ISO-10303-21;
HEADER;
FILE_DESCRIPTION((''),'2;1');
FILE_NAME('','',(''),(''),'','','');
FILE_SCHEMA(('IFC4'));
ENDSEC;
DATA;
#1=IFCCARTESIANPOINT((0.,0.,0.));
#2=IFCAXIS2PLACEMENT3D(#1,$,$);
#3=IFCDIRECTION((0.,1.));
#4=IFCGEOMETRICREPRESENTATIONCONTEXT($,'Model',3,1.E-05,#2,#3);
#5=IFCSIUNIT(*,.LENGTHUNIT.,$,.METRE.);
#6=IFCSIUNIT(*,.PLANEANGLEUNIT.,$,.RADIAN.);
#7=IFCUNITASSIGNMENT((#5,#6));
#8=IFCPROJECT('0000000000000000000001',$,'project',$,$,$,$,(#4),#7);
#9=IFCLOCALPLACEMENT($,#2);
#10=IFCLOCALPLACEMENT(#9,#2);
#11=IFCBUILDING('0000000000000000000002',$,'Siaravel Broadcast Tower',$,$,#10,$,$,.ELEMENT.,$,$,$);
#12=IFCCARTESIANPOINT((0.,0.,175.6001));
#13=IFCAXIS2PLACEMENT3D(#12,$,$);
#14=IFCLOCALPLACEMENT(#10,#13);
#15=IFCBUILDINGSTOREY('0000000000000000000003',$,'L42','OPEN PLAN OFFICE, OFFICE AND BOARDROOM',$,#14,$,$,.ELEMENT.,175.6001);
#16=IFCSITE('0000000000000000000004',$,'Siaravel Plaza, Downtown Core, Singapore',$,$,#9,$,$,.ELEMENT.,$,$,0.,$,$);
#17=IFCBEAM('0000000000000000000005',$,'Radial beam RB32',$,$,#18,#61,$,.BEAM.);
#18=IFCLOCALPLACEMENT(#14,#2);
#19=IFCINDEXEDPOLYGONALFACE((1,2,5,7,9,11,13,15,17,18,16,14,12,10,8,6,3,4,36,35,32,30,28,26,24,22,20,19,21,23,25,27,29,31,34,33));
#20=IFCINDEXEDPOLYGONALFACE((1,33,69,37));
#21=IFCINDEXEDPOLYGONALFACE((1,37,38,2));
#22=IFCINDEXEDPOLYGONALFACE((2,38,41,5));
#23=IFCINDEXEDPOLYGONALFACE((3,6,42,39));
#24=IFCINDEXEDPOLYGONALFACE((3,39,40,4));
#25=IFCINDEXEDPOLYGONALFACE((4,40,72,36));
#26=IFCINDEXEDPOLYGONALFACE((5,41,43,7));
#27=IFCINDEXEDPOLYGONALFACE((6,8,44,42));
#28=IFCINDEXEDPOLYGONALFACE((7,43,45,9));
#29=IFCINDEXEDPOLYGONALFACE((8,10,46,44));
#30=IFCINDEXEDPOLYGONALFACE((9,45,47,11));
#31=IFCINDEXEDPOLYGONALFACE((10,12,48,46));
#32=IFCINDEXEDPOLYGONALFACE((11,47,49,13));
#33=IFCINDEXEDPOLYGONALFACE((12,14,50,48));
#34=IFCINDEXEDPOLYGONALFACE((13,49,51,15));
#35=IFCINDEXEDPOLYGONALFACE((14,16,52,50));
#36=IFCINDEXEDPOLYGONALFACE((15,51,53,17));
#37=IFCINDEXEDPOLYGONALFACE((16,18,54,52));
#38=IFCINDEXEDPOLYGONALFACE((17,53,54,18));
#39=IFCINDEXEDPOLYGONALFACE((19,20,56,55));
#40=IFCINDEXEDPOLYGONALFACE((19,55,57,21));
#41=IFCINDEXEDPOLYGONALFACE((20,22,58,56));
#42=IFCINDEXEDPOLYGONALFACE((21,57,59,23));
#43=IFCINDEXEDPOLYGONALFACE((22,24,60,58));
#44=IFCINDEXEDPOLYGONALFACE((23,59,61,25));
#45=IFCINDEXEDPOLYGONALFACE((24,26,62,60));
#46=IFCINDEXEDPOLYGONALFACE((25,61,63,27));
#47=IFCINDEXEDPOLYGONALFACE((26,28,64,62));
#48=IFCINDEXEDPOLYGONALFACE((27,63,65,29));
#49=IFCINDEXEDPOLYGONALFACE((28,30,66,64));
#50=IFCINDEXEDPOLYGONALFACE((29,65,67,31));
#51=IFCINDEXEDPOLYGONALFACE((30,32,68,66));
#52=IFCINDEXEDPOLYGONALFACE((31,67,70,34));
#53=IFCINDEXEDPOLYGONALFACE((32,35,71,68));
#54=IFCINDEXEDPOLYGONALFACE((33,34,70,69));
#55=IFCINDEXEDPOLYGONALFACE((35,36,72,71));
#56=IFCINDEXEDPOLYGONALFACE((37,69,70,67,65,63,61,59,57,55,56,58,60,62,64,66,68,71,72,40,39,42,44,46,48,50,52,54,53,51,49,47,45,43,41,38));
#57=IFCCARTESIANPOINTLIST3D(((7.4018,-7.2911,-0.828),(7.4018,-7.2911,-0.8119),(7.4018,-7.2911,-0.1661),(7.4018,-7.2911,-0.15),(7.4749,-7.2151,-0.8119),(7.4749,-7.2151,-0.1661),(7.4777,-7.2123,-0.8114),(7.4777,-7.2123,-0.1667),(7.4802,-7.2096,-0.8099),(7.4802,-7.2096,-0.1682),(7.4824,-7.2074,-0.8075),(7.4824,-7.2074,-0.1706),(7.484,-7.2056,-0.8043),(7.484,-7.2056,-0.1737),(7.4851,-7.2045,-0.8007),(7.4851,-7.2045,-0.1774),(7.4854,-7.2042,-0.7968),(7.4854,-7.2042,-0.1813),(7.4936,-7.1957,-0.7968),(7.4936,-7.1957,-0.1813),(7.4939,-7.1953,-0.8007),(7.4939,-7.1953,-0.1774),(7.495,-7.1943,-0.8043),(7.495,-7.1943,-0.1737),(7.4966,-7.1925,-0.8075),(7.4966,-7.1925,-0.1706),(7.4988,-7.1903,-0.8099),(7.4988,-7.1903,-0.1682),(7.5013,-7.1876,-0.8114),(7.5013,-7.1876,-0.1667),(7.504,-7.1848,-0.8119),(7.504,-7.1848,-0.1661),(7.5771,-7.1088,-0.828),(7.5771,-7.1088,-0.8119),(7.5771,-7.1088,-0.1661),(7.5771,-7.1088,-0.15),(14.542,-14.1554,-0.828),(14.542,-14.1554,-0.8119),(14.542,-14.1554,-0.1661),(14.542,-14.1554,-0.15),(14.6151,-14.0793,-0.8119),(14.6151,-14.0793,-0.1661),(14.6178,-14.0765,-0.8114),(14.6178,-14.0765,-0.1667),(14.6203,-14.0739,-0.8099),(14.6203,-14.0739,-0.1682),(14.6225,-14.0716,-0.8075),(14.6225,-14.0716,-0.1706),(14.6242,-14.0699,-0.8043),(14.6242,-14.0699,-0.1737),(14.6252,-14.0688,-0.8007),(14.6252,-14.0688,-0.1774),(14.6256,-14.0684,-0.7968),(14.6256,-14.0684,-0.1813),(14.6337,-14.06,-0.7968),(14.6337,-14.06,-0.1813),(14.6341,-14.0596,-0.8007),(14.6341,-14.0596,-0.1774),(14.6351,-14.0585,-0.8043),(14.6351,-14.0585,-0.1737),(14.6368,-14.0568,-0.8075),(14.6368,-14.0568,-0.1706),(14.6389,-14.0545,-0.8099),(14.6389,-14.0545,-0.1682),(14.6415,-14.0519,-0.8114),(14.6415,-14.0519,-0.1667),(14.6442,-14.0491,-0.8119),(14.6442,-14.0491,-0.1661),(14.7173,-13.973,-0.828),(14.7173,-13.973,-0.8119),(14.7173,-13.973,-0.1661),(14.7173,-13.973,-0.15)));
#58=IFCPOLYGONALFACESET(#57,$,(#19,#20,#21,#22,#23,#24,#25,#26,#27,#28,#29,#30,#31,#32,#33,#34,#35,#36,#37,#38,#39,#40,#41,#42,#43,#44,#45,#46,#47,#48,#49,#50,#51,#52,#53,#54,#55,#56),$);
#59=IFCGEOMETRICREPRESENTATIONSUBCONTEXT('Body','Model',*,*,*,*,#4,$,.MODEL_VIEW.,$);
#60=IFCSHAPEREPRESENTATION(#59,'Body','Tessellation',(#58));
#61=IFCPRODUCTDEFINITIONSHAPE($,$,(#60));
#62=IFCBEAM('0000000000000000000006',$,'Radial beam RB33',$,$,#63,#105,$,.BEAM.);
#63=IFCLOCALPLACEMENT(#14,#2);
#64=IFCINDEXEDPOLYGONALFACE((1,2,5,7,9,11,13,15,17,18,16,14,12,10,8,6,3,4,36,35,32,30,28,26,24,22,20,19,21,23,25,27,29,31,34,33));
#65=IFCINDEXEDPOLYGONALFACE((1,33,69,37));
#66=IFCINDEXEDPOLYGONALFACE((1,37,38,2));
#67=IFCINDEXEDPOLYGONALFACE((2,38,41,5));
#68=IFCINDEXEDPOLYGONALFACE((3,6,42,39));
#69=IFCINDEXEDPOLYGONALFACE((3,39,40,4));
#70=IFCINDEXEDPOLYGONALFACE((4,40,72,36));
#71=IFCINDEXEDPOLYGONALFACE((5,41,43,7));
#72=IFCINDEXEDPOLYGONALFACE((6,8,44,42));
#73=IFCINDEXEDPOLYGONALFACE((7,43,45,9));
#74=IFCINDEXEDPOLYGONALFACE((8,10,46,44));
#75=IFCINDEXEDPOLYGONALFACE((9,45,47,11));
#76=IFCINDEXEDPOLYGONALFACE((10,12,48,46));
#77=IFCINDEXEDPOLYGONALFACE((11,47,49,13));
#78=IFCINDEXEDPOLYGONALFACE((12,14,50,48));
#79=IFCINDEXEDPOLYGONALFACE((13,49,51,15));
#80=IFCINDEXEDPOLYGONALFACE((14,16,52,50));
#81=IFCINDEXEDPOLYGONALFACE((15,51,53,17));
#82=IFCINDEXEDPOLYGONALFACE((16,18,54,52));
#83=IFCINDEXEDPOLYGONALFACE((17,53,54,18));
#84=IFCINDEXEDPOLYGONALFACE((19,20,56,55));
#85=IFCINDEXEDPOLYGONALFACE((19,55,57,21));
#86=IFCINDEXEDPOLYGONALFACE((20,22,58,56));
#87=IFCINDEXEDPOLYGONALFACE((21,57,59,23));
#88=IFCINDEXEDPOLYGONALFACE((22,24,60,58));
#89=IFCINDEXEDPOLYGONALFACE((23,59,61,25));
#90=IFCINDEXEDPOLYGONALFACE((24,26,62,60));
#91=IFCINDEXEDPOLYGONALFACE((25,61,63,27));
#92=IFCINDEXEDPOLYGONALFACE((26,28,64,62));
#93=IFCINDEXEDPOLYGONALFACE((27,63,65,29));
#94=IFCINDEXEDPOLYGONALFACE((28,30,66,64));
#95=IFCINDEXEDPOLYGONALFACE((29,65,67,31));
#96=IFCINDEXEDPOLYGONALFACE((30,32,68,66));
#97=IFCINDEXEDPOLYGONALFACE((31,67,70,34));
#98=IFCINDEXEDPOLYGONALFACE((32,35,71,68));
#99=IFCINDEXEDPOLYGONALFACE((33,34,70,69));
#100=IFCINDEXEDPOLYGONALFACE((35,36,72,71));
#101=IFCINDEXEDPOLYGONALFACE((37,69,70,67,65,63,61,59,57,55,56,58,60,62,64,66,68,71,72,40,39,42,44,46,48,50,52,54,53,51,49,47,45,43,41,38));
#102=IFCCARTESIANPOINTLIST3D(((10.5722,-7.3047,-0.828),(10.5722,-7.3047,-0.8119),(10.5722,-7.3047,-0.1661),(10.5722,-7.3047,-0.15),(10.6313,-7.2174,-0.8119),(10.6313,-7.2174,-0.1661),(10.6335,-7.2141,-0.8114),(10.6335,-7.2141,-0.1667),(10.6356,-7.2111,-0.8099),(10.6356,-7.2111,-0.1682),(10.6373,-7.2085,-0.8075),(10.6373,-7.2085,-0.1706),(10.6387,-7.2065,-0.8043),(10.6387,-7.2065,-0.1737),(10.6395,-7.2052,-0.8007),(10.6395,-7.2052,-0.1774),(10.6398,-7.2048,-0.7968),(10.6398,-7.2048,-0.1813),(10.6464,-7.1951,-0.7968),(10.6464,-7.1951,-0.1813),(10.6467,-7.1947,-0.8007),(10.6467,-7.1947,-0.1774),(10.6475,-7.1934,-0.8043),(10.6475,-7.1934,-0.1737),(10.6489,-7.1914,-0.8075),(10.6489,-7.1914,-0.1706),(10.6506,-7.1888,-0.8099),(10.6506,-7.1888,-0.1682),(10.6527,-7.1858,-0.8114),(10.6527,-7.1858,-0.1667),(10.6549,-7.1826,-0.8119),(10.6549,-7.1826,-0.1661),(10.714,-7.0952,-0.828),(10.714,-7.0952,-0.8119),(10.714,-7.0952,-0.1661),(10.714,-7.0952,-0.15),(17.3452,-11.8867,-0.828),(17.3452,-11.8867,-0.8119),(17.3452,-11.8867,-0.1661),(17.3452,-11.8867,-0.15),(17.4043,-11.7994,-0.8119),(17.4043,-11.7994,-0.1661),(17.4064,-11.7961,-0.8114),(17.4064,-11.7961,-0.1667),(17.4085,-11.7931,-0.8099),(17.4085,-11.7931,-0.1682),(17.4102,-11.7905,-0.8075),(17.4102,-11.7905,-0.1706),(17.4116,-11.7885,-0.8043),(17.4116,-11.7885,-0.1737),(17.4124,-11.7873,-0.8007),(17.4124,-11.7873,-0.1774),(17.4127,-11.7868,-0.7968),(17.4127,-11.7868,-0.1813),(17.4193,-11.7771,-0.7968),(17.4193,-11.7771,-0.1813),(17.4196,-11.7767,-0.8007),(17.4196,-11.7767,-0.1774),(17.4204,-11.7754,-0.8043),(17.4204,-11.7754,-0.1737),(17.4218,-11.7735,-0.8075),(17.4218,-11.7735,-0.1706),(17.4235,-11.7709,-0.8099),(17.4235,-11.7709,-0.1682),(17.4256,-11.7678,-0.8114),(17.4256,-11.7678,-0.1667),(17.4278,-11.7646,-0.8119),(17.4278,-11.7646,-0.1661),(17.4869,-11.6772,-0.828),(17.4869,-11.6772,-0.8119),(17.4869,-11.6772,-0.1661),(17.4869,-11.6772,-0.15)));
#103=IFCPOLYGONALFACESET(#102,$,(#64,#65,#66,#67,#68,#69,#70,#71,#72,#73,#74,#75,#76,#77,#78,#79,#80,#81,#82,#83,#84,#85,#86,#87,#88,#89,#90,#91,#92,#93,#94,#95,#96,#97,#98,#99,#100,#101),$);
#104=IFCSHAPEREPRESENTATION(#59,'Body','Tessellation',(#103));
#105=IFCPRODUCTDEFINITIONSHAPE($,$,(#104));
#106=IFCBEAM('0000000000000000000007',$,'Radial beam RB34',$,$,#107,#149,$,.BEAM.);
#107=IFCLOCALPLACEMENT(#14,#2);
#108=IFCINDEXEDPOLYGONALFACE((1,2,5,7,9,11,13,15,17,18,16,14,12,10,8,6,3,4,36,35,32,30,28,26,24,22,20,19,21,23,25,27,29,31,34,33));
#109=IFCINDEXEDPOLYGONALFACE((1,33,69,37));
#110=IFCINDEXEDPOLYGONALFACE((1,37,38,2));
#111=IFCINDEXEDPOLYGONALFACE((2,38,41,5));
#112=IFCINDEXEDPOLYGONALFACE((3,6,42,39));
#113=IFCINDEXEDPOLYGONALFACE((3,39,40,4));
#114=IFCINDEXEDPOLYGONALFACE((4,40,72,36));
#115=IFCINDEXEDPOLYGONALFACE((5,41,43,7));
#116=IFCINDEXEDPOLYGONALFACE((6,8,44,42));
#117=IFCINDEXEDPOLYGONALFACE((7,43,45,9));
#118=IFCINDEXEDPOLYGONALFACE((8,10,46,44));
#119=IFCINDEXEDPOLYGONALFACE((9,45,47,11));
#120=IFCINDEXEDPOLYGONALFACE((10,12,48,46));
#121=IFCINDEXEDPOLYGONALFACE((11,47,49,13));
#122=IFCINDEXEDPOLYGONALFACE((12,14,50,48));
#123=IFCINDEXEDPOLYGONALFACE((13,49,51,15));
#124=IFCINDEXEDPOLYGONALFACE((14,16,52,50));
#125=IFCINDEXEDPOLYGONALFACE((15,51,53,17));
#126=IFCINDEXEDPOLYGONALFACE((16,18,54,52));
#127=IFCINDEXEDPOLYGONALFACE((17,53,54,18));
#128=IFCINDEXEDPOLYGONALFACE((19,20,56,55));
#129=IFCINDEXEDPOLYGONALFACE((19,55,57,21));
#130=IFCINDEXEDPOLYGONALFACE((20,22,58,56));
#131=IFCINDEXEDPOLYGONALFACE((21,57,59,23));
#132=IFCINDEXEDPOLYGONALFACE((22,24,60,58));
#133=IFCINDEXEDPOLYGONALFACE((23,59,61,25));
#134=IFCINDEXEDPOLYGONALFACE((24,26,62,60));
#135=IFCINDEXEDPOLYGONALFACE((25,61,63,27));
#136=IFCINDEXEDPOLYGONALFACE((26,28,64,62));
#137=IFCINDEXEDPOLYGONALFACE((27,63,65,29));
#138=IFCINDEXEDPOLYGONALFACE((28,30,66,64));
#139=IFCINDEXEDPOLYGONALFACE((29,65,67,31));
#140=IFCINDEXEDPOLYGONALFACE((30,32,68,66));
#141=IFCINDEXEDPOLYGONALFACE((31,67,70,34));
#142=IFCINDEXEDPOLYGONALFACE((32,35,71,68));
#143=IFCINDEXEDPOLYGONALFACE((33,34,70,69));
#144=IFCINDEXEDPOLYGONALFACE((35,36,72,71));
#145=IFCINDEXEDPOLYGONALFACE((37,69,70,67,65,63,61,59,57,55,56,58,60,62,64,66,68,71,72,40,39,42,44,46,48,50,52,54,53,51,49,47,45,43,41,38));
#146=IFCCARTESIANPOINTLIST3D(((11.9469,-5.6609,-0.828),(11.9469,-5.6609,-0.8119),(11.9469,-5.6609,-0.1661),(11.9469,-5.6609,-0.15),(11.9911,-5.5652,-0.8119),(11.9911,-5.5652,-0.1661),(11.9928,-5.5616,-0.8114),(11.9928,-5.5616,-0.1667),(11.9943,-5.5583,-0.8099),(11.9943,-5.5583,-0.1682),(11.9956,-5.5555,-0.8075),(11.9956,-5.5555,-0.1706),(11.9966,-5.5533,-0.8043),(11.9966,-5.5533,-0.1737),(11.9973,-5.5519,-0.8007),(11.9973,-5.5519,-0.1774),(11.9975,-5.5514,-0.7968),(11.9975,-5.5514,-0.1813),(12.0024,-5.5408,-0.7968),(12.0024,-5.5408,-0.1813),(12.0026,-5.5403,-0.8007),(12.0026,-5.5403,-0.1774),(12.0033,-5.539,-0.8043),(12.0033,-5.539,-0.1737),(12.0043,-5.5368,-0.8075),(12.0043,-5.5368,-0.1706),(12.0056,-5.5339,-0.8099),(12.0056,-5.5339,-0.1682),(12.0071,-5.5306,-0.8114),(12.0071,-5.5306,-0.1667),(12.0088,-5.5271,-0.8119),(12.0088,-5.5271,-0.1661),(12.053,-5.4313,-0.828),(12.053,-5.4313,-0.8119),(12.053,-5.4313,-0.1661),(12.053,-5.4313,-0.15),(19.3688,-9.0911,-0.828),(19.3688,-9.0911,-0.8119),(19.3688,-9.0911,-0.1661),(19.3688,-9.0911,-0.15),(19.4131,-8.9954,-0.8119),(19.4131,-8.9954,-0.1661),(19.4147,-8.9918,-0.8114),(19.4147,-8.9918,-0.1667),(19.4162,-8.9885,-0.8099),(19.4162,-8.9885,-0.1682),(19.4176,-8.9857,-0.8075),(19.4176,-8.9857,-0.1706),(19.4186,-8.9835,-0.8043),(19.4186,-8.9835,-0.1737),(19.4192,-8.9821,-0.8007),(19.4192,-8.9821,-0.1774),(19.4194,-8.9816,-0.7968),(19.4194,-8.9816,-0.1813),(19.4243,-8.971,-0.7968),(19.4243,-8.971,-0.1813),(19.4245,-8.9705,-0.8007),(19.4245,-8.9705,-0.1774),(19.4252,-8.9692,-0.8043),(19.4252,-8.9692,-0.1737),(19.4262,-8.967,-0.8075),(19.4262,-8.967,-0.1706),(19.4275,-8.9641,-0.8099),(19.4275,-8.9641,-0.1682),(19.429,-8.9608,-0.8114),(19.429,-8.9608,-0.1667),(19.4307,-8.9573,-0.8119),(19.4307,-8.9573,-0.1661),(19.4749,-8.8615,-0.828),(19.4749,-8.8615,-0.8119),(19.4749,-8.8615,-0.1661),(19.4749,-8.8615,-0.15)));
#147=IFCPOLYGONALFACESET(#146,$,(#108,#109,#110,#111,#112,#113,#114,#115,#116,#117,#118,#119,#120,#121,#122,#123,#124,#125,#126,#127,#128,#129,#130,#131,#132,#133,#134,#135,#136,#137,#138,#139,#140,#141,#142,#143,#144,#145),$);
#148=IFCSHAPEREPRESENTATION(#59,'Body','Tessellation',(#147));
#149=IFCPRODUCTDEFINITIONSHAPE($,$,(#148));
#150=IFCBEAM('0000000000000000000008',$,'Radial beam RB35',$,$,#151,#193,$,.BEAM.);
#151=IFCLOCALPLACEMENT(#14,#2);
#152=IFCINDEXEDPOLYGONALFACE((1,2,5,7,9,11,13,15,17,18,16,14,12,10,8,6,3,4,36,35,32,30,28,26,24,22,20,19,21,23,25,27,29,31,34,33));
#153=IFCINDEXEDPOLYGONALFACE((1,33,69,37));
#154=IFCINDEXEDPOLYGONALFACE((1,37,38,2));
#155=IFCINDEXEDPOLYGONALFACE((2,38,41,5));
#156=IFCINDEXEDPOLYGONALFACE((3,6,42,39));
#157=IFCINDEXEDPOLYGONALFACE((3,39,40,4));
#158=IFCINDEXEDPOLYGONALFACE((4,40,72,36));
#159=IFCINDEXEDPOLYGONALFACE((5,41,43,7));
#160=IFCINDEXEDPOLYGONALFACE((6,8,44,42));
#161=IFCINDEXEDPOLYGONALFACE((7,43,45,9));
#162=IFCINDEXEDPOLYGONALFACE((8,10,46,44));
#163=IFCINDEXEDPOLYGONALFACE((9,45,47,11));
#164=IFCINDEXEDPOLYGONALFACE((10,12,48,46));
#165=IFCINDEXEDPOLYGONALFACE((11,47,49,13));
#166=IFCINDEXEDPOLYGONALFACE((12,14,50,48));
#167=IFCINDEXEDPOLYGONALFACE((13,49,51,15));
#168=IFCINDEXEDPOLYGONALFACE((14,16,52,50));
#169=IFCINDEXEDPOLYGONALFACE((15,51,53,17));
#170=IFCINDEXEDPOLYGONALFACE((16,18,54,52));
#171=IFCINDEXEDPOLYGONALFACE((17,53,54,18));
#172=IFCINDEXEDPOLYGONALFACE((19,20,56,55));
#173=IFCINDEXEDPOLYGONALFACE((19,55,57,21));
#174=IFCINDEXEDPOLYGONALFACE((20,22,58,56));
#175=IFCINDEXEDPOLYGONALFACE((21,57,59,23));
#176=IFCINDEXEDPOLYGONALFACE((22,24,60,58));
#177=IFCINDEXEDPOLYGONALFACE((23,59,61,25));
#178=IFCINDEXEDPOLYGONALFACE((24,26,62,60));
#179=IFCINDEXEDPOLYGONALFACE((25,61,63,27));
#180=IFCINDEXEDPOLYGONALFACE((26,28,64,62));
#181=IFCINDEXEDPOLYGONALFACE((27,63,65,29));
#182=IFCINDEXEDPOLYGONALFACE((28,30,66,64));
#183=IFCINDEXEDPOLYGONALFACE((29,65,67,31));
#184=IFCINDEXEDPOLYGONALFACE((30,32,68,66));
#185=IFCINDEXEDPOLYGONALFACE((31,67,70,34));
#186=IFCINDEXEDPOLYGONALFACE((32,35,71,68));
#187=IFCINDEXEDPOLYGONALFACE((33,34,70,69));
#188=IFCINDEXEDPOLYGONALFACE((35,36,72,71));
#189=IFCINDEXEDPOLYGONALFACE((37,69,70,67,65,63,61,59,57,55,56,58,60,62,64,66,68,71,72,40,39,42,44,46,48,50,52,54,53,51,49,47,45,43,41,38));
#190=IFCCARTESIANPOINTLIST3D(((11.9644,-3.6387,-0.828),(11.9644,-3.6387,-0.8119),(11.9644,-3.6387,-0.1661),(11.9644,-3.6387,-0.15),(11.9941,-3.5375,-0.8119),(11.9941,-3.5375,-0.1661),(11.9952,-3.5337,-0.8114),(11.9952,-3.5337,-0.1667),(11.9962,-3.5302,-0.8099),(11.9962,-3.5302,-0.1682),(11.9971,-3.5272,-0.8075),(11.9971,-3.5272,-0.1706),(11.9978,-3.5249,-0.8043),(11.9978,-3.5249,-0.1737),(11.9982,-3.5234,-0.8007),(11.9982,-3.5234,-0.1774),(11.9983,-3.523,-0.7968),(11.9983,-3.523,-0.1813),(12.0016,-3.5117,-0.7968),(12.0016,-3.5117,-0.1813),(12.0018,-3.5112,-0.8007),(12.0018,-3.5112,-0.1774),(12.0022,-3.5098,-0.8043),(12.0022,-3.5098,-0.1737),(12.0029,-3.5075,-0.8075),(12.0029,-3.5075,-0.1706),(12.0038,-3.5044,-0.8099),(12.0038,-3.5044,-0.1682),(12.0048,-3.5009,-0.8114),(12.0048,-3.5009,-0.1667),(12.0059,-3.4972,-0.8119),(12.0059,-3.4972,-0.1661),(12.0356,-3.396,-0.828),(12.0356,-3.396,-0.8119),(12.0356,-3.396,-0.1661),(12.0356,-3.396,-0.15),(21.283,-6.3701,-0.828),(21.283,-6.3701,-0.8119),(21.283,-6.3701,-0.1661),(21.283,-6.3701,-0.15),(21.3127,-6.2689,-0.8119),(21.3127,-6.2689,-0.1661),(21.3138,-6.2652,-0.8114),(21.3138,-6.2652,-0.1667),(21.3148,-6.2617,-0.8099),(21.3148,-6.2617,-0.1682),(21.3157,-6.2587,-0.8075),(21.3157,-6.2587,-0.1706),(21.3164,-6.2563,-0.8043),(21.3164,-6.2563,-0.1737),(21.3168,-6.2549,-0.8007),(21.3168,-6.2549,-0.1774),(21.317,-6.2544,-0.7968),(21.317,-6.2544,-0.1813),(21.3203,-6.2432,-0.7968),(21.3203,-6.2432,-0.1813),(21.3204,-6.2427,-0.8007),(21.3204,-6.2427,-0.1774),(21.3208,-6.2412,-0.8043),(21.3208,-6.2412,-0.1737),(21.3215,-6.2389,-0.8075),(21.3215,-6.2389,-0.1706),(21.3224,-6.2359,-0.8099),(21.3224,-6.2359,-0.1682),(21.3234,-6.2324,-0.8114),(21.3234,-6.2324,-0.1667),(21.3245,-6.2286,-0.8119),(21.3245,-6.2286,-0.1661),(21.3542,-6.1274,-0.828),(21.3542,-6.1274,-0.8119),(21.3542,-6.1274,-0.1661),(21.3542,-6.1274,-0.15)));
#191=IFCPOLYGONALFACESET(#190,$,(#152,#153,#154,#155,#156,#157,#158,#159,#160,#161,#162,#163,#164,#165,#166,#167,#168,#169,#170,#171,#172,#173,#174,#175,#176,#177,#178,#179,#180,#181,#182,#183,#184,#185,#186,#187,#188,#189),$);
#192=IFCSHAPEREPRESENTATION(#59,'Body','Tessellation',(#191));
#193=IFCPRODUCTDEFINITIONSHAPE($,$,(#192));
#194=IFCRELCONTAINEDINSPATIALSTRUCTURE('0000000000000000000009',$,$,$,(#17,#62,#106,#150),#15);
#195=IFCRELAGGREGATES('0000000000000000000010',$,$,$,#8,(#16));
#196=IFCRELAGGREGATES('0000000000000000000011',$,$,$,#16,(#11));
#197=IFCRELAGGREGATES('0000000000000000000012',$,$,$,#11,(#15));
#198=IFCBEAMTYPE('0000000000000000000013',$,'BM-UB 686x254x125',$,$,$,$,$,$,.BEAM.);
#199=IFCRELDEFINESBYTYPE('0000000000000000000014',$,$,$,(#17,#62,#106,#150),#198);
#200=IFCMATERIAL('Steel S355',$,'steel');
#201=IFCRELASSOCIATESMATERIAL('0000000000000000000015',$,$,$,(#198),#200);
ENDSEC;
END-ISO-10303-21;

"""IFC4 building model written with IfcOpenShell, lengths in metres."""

from ifc_helpers import new_model, si_unit, direction, frame, origin, origin_2d, place, context, subcontext, project, spatial, i_section, extrude, material, material_profile, profile_set, type_object, element, save


model = new_model("IFC4")

# Units and contexts
model_context = context("Model", 3, precision=1e-05, world=origin(), true_north=direction((0.0, 1.0)))
body_context = subcontext(model_context, "Body", "Model", "MODEL_VIEW")
ifc_project = project(units=[si_unit("LENGTHUNIT", "METRE"), si_unit("PLANEANGLEUNIT", "RADIAN")], contexts=[model_context])

# Site, building, storey
site_placement = place(None, origin())
site = spatial("IfcSite", under=ifc_project, at=site_placement, Name="Siaravel Plaza, Downtown Core, Singapore", CompositionType="ELEMENT", RefElevation=0.0)
building_placement = place(site_placement, origin())
building = spatial("IfcBuilding", under=site, at=building_placement, Name="Siaravel Broadcast Tower", CompositionType="ELEMENT")
storey_placement = place(building_placement, frame((0.0, 0.0, 175.6001)))
storey = spatial("IfcBuildingStorey", under=building, at=storey_placement, Name="L42", Description="OPEN PLAN OFFICE, OFFICE AND BOARDROOM", CompositionType="ELEMENT", Elevation=175.6001)

# Beams
ifc_material_1 = material(Name="Steel S355", Category="steel")
ifc_material_profile_1 = material_profile(ifc_material_1, i_section(OverallWidth=0.2529, OverallDepth=0.678, WebThickness=0.0117, FlangeThickness=0.0161, FilletRadius=0.0151, at=origin_2d()))
ifc_profile_set_1 = profile_set([ifc_material_profile_1], Name="Steel S355")
beam_type = type_object("IfcBeamType", Name="BM-UB 686x254x125", PredefinedType="BEAM", material=ifc_profile_set_1)
beam_1_placement = place(storey_placement, frame((14.6296, -14.0642, -0.489), z_axis=(-0.720897, 0.693043, 0.0), x_axis=(-0.693043, -0.720897, 0.0)))
element("IfcBeam", 1, at=beam_1_placement, inside=storey, type_object=beam_type, Name="Radial beam RB32", PredefinedType="BEAM", context=body_context, shape_type="SweptSolid", body=[
    extrude(i_section(OverallWidth=0.2529, OverallDepth=0.678, WebThickness=0.0117, FlangeThickness=0.0161, FilletRadius=0.0151, at=origin_2d()), origin(), (0.0, 0.0, 1.0), 9.9045),
])
beam_2_placement = place(storey_placement, frame((17.416, -11.782, -0.489), z_axis=(-0.828265, 0.560337, 0.0), x_axis=(-0.560337, -0.828265, 0.0)))
element("IfcBeam", 2, at=beam_2_placement, inside=storey, type_object=beam_type, Name="Radial beam RB33", PredefinedType="BEAM", context=body_context, shape_type="SweptSolid", body=[
    extrude(i_section(OverallWidth=0.2529, OverallDepth=0.678, WebThickness=0.0117, FlangeThickness=0.0161, FilletRadius=0.0151, at=origin_2d()), origin(), (0.0, 0.0, 1.0), 8.1772),
])
beam_3_placement = place(storey_placement, frame((19.4219, -8.9763, -0.489), z_axis=(-0.907741, 0.419532, 0.0), x_axis=(-0.419532, -0.907741, 0.0)))
element("IfcBeam", 3, at=beam_3_placement, inside=storey, type_object=beam_type, Name="Radial beam RB34", PredefinedType="BEAM", context=body_context, shape_type="SweptSolid", body=[
    extrude(i_section(OverallWidth=0.2529, OverallDepth=0.678, WebThickness=0.0117, FlangeThickness=0.0161, FilletRadius=0.0151, at=origin_2d()), origin(), (0.0, 0.0, 1.0), 8.1763),
])
beam_4_placement = place(storey_placement, frame((21.3186, -6.2488, -0.489), z_axis=(-0.959625, 0.281283, 0.0), x_axis=(-0.281283, -0.959625, 0.0)))
element("IfcBeam", 4, at=beam_4_placement, inside=storey, type_object=beam_type, Name="Radial beam RB35", PredefinedType="BEAM", context=body_context, shape_type="SweptSolid", body=[
    extrude(i_section(OverallWidth=0.2529, OverallDepth=0.678, WebThickness=0.0117, FlangeThickness=0.0161, FilletRadius=0.0151, at=origin_2d()), origin(), (0.0, 0.0, 1.0), 9.7107),
])

save(model, "model.ifc")
